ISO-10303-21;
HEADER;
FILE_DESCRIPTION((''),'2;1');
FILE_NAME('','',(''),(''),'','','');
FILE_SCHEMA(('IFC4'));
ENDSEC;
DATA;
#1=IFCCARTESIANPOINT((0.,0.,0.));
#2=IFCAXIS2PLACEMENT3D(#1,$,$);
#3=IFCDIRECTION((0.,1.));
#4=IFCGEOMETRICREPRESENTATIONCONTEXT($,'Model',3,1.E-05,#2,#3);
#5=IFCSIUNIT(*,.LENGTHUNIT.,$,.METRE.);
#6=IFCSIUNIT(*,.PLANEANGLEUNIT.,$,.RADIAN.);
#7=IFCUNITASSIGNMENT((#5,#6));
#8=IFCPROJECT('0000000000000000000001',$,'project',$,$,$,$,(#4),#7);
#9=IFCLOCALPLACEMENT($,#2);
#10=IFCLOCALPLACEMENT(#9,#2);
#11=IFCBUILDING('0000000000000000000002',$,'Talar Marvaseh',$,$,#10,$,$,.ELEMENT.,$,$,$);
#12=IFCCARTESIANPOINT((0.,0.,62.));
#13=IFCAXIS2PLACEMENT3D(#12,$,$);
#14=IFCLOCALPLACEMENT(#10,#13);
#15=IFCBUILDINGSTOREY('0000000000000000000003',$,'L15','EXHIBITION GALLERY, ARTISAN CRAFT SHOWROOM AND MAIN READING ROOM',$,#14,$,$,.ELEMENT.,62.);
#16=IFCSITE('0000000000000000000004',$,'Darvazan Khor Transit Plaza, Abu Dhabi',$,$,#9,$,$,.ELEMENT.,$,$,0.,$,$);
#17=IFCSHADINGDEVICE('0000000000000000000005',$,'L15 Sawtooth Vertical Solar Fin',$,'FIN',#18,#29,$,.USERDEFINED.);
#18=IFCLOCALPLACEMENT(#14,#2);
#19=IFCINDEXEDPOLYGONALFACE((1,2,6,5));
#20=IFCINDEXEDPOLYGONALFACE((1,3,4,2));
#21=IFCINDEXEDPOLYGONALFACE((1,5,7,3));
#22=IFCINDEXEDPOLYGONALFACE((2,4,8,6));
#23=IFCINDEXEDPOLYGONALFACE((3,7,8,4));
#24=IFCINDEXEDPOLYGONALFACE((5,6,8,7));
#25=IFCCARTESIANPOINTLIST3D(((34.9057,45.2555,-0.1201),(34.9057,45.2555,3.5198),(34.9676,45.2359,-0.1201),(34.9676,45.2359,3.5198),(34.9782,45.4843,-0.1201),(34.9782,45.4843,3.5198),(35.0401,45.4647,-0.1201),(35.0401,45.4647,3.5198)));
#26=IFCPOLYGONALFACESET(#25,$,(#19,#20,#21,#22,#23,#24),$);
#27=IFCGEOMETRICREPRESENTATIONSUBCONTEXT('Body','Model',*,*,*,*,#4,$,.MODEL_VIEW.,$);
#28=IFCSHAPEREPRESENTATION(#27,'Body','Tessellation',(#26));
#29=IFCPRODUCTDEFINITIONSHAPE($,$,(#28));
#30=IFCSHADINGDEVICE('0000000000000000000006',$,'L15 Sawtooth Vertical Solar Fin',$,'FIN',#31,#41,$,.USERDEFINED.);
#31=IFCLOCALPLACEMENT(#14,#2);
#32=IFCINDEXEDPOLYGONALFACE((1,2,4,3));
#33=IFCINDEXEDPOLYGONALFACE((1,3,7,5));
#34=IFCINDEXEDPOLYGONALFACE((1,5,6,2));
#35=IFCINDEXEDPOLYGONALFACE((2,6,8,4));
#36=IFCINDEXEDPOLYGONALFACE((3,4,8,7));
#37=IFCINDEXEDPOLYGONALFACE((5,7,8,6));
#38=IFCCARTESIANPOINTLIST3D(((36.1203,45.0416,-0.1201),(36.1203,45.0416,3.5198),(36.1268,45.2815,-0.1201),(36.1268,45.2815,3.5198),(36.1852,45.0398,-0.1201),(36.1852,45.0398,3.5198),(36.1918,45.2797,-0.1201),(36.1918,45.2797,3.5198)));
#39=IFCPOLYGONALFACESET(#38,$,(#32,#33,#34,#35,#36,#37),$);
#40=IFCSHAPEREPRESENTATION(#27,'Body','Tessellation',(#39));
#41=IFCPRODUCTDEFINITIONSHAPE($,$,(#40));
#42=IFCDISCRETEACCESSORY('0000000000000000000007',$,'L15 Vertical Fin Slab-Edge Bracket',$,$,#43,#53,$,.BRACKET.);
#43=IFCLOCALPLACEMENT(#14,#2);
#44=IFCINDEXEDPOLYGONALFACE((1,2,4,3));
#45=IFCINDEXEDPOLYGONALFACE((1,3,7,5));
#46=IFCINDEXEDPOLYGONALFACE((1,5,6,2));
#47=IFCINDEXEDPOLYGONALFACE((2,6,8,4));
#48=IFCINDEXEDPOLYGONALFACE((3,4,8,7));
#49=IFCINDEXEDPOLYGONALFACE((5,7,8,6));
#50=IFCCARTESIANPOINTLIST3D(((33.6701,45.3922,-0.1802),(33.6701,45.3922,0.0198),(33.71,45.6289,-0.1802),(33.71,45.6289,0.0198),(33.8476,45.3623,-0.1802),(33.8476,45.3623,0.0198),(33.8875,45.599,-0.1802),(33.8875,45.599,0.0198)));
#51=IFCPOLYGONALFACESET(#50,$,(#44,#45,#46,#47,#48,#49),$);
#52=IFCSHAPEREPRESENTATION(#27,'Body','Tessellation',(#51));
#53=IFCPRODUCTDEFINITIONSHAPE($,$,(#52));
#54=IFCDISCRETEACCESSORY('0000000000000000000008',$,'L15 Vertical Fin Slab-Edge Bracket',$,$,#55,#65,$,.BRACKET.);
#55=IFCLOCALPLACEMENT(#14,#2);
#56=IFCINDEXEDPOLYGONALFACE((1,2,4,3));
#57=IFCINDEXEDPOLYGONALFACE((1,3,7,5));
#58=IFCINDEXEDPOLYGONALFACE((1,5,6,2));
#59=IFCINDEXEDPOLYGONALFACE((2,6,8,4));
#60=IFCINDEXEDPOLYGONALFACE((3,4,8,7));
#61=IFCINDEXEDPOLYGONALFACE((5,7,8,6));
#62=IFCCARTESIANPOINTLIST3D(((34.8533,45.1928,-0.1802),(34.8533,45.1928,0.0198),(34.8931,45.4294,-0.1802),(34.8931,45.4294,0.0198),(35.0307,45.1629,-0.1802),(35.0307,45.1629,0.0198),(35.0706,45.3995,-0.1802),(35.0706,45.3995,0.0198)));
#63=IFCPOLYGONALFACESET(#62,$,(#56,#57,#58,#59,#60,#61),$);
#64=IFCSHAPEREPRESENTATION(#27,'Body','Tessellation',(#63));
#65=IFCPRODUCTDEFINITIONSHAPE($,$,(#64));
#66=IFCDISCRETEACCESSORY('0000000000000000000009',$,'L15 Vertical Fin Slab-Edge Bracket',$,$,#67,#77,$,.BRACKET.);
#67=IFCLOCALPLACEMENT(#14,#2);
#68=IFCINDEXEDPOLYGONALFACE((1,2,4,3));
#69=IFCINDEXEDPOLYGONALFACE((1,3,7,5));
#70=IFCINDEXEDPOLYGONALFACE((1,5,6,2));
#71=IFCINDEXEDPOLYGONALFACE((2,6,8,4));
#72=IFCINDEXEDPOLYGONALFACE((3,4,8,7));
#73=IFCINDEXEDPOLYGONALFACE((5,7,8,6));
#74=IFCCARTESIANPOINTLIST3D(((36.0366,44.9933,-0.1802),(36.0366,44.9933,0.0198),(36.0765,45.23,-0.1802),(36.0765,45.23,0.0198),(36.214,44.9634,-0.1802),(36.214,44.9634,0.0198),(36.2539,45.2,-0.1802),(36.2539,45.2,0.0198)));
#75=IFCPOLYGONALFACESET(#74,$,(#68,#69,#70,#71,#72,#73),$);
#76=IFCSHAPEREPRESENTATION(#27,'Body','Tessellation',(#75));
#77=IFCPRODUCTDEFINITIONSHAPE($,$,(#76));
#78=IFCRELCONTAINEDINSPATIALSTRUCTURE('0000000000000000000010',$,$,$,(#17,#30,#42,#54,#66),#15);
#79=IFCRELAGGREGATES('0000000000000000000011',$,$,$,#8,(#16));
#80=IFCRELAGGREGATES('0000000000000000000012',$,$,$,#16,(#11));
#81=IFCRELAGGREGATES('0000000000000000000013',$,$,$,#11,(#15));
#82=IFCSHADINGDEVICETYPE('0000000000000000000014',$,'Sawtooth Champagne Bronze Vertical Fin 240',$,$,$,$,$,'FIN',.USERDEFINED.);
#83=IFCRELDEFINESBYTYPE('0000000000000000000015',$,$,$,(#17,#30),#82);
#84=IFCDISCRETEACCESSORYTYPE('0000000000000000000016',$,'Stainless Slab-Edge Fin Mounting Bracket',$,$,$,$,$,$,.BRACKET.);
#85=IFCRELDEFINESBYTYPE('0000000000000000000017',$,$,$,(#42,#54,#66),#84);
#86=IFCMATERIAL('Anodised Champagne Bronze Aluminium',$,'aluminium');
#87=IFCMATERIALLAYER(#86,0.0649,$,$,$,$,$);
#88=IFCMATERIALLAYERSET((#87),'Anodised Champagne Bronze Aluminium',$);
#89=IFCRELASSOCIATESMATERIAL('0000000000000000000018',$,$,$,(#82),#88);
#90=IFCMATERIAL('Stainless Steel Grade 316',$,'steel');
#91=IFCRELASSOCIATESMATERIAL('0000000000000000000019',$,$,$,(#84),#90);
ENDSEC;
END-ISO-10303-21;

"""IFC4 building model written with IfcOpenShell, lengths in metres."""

from ifc_helpers import new_model, si_unit, direction, frame, origin, origin_2d, place, context, subcontext, project, spatial, rectangle, extrude, source, transform, mapped, material, layer, layer_set, type_object, type_shapes, element, save


model = new_model("IFC4")

# Units and contexts
model_context = context("Model", 3, precision=1e-05, world=origin(), true_north=direction((0.0, 1.0)))
body_context = subcontext(model_context, "Body", "Model", "MODEL_VIEW")
ifc_project = project(units=[si_unit("LENGTHUNIT", "METRE"), si_unit("PLANEANGLEUNIT", "RADIAN")], contexts=[model_context])

# Site, building, storey
site_placement = place(None, origin())
site = spatial("IfcSite", under=ifc_project, at=site_placement, Name="Darvazan Khor Transit Plaza, Abu Dhabi", CompositionType="ELEMENT", RefElevation=0.0)
building_placement = place(site_placement, origin())
building = spatial("IfcBuilding", under=site, at=building_placement, Name="Talar Marvaseh", CompositionType="ELEMENT")
storey_placement = place(building_placement, frame((0.0, 0.0, 62.0)))
storey = spatial("IfcBuildingStorey", under=building, at=storey_placement, Name="L15", Description="EXHIBITION GALLERY, ARTISAN CRAFT SHOWROOM AND MAIN READING ROOM", CompositionType="ELEMENT", Elevation=62.0)

# Shading devices
ifc_material_1 = material(Name="Anodised Champagne Bronze Aluminium", Category="aluminium")
ifc_layer_1 = layer(ifc_material_1, 0.0649)
ifc_layer_set_1 = layer_set([ifc_layer_1], Name="Anodised Champagne Bronze Aluminium")
shading_device_type = type_object("IfcShadingDeviceType", Name="Sawtooth Champagne Bronze Vertical Fin 240", ElementType="FIN", PredefinedType="USERDEFINED", material=ifc_layer_set_1)
shared_shape_1 = source(origin(), body_context, "Body", "SweptSolid", [
    extrude(rectangle(XDim=0.24, YDim=0.0649, at=origin_2d()), origin(), (0.0, 0.0, 1.0), 3.6399),
])
type_shapes(shading_device_type, [shared_shape_1])
for number, where, z_axis, x_axis, name in (
    (1, (34.9729, 45.3601, -0.1201), (0.0, 0.0, 1.0), (0.301871, 0.953349, 0.0), "L15 Sawtooth Vertical Solar Fin"),
    (2, (36.156, 45.1606, -0.1201), (0.0, 0.0, 1.0), (0.027398, 0.999625, 0.0), "L15 Sawtooth Vertical Solar Fin"),
):
    element("IfcShadingDevice", number, at=place(storey_placement, frame(where, z_axis=z_axis, x_axis=x_axis)), inside=storey, type_object=shading_device_type, Name=name, ObjectType="FIN", PredefinedType="USERDEFINED", context=body_context, shape_type="MappedRepresentation", body=[
        mapped(shared_shape_1, transform((0.0, 0.0, 0.0), x_axis=(1.0, 0.0, 0.0), y_axis=(0.0, 1.0, 0.0), z_axis=(0.0, 0.0, 1.0), scale=1.0)),
    ])

# Discrete accessories
ifc_material_2 = material(Name="Stainless Steel Grade 316", Category="steel")
discrete_accessory_type = type_object("IfcDiscreteAccessoryType", Name="Stainless Slab-Edge Fin Mounting Bracket", PredefinedType="BRACKET", material=ifc_material_2)
shared_shape_2 = source(origin(), body_context, "Body", "SweptSolid", [
    extrude(rectangle(XDim=0.24, YDim=0.1799, at=origin_2d()), origin(), (0.0, 0.0, 1.0), 0.2),
])
type_shapes(discrete_accessory_type, [shared_shape_2])
for number, where, z_axis, x_axis, name in (
    (3, (33.7788, 45.4956, -0.1802), (0.0, 0.0, 1.0), (0.166252, 0.986083, 0.0), "L15 Vertical Fin Slab-Edge Bracket"),
    (4, (34.9619, 45.2961, -0.1802), (0.0, 0.0, 1.0), (0.166252, 0.986083, 0.0), "L15 Vertical Fin Slab-Edge Bracket"),
    (5, (36.1453, 45.0967, -0.1802), (0.0, 0.0, 1.0), (0.166252, 0.986083, 0.0), "L15 Vertical Fin Slab-Edge Bracket"),
):
    element("IfcDiscreteAccessory", number, at=place(storey_placement, frame(where, z_axis=z_axis, x_axis=x_axis)), inside=storey, type_object=discrete_accessory_type, Name=name, PredefinedType="BRACKET", context=body_context, shape_type="MappedRepresentation", body=[
        mapped(shared_shape_2, transform((0.0, 0.0, 0.0), x_axis=(1.0, 0.0, 0.0), y_axis=(0.0, 1.0, 0.0), z_axis=(0.0, 0.0, 1.0), scale=1.0)),
    ])

save(model, "model.ifc")
